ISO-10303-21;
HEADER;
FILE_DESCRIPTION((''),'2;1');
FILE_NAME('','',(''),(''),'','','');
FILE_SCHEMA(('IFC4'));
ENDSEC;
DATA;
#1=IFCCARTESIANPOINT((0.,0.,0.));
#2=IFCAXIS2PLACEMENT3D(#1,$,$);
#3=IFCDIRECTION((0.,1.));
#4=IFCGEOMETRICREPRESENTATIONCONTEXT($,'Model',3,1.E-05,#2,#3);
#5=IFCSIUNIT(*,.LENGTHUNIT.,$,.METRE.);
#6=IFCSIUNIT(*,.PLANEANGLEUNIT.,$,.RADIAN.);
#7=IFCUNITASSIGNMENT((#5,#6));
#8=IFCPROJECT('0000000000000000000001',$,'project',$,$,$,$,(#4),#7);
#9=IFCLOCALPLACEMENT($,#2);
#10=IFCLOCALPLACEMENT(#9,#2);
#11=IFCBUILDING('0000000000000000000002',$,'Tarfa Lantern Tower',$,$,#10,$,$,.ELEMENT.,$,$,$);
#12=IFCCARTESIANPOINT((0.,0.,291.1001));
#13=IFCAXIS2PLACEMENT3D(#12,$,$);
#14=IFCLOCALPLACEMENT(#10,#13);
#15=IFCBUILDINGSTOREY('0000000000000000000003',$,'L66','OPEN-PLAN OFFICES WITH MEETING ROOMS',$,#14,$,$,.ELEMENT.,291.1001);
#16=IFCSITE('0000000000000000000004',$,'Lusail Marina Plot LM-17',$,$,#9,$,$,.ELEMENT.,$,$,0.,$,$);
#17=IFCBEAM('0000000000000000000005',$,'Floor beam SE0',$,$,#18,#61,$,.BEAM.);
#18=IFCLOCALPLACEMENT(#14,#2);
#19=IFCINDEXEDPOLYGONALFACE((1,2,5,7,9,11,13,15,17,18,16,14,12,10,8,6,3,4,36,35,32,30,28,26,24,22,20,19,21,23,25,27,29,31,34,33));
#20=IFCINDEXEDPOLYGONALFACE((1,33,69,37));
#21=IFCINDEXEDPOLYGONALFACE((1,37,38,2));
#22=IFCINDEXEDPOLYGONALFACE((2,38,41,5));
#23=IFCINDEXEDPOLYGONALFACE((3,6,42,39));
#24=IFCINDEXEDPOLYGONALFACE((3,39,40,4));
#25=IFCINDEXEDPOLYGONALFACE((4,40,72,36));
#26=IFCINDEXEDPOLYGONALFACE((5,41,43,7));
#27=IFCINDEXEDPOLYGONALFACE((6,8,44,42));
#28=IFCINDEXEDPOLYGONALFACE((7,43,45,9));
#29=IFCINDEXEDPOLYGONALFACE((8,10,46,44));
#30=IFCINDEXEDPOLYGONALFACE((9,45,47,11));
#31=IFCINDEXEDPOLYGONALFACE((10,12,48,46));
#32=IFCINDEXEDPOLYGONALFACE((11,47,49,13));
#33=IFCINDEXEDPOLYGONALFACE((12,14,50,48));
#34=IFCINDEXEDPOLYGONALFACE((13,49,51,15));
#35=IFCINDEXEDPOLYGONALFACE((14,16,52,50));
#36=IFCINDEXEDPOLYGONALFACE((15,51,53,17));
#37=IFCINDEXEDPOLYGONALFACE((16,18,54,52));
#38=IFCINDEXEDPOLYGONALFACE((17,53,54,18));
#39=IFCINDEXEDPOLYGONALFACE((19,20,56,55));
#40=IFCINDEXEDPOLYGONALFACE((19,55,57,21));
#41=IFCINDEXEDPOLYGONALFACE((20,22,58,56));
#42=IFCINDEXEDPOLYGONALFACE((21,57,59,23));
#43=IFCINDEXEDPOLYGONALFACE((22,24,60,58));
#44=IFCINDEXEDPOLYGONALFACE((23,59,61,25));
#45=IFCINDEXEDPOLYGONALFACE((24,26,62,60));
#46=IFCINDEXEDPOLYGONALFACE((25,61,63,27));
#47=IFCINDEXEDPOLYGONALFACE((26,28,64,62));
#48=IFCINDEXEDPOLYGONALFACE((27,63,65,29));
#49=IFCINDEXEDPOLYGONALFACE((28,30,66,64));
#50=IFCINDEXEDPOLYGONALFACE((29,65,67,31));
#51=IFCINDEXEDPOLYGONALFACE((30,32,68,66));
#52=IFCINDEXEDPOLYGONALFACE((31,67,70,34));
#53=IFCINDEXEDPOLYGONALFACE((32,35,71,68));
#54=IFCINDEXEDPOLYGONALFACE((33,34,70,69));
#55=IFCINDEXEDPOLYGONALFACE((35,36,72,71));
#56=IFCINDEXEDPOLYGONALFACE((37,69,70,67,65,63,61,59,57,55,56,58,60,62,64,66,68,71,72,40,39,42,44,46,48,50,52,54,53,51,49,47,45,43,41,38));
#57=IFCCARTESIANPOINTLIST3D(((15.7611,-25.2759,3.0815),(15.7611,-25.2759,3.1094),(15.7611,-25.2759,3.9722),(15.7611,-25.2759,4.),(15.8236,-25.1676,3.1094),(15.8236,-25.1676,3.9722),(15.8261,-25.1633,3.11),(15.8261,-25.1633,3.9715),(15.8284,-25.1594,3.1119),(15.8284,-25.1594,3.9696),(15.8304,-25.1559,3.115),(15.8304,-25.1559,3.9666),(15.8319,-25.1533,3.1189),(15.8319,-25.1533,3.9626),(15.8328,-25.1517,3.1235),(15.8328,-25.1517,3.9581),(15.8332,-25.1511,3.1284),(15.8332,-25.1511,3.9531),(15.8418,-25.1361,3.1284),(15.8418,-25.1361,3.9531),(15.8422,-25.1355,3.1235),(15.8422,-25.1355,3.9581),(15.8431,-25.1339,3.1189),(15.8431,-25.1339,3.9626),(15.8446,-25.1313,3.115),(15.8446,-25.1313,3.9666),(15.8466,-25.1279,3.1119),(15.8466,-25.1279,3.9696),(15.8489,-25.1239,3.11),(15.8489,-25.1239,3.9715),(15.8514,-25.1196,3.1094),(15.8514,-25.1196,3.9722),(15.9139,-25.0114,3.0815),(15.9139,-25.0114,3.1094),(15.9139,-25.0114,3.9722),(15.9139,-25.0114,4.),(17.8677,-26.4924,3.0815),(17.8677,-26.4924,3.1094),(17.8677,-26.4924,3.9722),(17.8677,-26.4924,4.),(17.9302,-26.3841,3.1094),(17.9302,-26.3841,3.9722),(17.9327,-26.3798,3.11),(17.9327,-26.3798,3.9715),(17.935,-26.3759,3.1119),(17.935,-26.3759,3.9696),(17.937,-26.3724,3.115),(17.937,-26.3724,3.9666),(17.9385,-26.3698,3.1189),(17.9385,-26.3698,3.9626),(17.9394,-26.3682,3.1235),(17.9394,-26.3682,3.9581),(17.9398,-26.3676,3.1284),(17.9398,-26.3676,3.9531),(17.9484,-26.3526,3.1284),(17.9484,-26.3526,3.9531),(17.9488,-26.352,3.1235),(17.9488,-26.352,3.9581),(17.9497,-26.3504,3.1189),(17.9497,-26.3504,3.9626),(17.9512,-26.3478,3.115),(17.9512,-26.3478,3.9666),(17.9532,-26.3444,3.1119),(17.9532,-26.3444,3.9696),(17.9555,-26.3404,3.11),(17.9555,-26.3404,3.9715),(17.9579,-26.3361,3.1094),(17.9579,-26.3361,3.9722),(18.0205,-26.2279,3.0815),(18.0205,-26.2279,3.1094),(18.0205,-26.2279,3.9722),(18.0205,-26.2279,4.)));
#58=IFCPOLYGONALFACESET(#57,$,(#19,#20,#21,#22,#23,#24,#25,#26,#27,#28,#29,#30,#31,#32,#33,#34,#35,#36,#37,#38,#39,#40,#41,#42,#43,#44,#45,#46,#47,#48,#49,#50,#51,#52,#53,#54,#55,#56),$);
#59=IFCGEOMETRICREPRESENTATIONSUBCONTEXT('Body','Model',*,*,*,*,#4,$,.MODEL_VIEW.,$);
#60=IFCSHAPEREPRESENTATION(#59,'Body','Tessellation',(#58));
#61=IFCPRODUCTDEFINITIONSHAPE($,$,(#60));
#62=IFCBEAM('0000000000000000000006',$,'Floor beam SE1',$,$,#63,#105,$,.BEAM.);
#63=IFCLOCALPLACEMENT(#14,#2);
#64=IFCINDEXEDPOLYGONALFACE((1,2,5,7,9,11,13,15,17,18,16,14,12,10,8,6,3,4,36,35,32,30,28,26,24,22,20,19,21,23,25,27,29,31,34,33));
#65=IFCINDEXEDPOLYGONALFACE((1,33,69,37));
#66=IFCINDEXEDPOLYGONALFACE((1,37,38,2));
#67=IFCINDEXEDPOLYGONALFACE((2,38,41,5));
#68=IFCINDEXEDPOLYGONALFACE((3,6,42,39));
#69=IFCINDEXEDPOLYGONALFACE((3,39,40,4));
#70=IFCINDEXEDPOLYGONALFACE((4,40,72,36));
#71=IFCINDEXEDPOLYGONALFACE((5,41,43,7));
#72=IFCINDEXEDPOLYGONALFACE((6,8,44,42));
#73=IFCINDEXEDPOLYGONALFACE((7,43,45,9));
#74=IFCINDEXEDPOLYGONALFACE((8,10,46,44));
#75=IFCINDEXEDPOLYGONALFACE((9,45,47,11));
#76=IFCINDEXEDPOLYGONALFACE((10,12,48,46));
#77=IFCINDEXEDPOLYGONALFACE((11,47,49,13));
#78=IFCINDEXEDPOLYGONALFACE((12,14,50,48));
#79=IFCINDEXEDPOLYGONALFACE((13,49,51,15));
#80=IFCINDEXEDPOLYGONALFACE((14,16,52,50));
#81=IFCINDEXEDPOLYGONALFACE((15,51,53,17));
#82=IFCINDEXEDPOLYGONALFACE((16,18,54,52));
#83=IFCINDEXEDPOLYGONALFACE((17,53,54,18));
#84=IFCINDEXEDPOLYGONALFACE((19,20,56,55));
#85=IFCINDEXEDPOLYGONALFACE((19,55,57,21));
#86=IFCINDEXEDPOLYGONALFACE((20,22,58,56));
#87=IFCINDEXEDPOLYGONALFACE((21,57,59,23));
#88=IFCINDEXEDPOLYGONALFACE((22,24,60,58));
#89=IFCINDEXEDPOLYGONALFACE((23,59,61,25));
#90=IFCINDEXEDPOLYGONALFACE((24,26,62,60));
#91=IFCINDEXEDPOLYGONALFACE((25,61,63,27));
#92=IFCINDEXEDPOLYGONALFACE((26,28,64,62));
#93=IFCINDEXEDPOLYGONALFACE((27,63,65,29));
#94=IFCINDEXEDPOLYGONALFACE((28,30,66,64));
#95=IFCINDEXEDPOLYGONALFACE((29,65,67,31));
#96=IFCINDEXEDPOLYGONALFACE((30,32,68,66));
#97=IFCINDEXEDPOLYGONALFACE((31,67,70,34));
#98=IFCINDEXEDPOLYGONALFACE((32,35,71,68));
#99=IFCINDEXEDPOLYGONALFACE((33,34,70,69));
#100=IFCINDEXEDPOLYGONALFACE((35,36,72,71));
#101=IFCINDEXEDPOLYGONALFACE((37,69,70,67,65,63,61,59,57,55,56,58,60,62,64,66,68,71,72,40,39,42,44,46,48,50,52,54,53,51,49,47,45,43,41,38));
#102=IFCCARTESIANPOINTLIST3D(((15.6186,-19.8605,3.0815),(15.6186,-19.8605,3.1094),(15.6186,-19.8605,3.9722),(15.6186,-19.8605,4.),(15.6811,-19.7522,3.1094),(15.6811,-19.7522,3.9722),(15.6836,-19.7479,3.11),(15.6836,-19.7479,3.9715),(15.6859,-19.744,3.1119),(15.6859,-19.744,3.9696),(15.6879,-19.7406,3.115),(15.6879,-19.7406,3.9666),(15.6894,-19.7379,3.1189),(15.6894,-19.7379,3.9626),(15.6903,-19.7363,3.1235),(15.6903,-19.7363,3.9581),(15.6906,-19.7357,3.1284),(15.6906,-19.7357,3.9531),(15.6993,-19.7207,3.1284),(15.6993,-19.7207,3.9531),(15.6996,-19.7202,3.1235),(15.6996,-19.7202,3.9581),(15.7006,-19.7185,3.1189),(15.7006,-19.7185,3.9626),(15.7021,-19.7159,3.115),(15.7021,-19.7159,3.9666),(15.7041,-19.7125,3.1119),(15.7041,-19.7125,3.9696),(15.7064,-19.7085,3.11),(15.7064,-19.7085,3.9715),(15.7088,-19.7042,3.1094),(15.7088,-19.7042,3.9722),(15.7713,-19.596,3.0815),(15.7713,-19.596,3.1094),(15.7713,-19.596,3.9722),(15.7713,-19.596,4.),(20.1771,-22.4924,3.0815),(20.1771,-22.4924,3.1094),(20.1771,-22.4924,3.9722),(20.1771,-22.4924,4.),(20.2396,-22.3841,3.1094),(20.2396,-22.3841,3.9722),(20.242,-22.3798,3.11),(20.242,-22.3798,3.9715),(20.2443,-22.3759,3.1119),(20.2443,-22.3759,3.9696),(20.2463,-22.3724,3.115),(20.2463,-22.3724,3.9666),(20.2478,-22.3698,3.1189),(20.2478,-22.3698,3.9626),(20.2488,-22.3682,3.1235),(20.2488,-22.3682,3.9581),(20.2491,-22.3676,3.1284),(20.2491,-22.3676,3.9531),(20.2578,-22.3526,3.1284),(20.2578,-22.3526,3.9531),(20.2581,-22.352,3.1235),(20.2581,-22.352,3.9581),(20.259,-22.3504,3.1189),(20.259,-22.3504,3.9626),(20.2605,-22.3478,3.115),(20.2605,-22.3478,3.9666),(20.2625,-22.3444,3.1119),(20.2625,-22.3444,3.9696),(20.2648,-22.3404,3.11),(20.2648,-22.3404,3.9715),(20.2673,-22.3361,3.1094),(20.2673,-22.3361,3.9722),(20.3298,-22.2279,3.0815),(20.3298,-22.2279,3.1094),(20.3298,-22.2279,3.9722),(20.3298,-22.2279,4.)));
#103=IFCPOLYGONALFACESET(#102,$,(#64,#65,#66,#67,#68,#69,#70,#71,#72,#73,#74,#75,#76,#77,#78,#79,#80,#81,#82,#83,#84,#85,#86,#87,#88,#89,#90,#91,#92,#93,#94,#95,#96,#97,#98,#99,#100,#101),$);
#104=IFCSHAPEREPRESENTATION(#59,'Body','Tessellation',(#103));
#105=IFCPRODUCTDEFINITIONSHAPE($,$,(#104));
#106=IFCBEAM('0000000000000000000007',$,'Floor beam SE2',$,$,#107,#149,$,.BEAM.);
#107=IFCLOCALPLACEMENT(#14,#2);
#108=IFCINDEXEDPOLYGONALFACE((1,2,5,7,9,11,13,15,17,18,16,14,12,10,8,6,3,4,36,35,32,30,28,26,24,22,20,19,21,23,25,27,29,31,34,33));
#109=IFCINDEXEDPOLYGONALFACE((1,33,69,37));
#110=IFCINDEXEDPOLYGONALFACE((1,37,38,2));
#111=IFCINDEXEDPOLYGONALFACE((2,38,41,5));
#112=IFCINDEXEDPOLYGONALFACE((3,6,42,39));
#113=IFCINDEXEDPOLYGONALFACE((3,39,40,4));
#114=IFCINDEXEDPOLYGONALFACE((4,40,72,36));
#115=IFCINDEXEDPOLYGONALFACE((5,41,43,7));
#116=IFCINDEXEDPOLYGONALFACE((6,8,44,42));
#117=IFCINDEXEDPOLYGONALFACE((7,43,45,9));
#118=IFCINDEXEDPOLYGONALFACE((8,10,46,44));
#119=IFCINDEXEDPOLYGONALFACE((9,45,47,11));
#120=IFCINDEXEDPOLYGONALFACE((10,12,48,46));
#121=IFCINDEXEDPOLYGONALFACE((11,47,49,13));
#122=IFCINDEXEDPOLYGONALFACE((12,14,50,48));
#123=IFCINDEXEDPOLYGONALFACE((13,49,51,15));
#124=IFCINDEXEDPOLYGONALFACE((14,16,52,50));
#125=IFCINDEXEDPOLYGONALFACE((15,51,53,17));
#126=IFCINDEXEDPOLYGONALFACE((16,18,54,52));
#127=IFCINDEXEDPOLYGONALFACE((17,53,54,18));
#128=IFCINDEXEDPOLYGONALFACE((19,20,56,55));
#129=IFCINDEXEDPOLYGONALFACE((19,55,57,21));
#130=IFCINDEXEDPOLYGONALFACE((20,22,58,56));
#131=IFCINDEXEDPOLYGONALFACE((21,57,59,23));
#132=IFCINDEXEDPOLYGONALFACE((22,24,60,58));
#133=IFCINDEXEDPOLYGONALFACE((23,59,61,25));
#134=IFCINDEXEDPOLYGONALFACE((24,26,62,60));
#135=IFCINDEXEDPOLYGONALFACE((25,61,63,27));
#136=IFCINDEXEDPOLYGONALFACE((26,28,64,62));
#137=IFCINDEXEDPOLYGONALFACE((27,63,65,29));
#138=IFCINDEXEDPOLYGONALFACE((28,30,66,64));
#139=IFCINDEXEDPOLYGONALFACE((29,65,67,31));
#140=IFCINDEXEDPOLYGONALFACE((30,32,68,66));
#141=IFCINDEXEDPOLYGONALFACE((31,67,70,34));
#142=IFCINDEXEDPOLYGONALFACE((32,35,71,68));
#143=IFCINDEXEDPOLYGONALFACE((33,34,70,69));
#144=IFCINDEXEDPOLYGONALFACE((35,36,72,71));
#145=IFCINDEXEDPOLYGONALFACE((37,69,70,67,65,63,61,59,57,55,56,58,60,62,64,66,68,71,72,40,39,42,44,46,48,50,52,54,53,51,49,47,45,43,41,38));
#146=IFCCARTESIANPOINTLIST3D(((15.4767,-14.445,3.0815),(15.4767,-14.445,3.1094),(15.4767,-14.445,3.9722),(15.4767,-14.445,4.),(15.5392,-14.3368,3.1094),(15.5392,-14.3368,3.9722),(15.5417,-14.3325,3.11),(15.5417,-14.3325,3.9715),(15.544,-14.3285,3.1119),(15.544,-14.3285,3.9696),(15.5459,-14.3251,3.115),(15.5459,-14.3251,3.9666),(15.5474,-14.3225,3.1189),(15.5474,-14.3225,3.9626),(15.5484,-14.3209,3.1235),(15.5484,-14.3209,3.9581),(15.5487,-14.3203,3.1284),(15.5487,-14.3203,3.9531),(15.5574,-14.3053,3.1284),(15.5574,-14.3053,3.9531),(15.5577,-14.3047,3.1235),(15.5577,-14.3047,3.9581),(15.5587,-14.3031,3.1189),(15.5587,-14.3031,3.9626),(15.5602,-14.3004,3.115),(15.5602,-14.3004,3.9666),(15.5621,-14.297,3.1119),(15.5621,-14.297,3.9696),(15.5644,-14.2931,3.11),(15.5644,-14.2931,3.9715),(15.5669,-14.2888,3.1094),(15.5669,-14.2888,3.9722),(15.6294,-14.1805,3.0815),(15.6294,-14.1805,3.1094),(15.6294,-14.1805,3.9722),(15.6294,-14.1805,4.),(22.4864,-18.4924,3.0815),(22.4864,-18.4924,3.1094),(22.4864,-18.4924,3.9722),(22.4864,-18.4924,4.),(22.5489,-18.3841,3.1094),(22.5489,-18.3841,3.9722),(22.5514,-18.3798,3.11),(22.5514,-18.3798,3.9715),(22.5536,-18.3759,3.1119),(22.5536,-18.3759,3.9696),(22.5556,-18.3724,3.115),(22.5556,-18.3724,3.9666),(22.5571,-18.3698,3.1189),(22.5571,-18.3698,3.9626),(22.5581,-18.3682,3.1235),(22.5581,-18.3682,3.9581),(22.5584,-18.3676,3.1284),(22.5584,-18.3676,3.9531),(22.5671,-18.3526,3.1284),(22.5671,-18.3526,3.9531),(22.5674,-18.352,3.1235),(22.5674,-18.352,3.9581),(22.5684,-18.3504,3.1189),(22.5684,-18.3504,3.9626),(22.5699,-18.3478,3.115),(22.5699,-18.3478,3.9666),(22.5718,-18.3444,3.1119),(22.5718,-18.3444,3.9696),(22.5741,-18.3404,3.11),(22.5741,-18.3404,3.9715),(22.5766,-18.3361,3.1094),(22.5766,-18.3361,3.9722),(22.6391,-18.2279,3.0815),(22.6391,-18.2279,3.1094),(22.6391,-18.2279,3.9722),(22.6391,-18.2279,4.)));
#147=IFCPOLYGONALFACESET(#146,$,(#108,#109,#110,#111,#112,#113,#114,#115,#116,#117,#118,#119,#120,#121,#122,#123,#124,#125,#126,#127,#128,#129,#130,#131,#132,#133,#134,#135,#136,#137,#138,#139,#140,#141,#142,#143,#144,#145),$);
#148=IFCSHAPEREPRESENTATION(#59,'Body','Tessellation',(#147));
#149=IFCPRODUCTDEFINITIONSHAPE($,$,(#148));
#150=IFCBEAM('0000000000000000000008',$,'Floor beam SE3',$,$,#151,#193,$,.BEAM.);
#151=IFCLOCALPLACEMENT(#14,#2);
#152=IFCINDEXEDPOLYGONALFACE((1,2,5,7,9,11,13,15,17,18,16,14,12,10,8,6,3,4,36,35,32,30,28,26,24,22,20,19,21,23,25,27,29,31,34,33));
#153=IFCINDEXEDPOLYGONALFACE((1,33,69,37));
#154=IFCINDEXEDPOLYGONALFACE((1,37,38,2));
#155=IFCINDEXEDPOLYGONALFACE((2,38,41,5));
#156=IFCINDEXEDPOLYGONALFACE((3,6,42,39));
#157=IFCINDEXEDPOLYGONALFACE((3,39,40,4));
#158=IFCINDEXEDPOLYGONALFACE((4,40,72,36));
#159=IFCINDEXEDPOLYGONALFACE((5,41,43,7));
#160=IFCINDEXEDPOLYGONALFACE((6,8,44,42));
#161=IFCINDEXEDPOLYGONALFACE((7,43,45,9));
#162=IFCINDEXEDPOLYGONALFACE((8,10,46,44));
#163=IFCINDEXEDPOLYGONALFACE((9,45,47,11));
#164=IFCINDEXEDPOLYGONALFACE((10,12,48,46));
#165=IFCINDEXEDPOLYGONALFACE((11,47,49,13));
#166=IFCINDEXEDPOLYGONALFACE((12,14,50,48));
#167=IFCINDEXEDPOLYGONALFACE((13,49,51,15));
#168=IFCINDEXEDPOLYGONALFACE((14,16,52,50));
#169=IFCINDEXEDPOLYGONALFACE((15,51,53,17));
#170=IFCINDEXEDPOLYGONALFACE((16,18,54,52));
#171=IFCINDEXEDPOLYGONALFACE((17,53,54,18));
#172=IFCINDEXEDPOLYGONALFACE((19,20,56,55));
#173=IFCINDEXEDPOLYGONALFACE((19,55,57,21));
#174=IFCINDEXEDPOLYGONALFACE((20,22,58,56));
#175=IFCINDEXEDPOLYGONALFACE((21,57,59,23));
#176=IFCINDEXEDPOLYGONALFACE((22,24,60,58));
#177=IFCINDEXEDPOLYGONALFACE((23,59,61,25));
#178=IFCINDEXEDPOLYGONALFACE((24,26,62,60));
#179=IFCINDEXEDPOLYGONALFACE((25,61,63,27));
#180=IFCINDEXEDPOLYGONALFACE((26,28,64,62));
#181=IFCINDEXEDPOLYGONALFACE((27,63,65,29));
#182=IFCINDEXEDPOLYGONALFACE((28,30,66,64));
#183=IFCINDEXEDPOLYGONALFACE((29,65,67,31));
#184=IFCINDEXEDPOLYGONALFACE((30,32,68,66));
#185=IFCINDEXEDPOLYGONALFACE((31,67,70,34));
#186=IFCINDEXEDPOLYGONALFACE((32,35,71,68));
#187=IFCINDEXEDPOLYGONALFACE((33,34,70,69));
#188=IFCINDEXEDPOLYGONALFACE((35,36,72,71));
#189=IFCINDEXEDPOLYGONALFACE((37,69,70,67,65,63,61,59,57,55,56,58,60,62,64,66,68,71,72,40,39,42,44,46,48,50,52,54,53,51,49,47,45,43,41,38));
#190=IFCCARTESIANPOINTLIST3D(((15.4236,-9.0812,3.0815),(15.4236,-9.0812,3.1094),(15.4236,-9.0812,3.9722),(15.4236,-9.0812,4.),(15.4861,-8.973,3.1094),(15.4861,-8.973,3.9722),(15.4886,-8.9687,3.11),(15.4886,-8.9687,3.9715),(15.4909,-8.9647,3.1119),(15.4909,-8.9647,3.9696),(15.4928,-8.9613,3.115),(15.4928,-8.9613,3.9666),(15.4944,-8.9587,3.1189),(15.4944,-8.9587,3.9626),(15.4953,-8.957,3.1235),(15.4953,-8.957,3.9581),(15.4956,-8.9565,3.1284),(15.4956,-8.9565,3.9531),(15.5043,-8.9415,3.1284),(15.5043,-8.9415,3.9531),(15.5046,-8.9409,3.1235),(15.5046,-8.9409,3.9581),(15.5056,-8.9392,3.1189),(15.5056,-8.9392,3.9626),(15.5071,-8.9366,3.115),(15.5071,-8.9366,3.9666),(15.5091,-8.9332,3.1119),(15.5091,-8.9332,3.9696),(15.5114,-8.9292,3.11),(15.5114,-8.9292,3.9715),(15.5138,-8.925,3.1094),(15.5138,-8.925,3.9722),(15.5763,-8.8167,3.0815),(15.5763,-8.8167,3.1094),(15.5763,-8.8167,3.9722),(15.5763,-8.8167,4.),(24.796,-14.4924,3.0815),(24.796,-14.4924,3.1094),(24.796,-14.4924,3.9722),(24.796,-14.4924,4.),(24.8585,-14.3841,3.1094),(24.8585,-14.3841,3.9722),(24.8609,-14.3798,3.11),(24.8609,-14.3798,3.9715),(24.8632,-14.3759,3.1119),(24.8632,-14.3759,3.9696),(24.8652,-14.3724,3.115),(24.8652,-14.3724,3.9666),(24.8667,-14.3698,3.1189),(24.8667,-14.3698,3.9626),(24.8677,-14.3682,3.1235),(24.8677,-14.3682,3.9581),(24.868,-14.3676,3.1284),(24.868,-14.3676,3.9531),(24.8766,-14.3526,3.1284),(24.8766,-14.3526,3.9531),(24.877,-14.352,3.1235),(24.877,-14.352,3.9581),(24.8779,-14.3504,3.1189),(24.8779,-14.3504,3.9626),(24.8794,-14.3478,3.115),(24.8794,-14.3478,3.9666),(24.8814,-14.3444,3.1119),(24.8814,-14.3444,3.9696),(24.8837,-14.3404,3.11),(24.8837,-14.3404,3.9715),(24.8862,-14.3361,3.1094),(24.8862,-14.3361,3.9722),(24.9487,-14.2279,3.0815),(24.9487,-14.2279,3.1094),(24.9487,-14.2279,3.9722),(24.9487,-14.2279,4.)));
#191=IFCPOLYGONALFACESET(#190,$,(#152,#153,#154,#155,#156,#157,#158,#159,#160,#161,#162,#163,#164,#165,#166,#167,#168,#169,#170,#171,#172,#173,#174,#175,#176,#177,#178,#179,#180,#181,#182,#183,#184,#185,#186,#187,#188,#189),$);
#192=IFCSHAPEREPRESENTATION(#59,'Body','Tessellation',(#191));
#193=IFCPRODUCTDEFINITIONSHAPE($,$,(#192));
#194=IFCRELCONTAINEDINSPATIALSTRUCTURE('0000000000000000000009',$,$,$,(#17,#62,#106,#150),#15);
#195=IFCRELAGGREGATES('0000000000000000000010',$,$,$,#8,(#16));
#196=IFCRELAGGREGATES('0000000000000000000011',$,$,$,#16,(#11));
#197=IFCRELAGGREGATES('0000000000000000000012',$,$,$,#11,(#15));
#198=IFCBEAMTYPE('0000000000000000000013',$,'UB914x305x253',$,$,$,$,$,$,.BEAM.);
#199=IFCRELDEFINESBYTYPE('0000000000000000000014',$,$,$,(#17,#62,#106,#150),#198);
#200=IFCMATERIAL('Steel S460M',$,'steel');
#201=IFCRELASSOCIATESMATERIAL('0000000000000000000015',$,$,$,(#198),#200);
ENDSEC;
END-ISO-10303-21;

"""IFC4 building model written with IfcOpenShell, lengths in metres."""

from ifc_helpers import new_model, si_unit, direction, frame, origin, origin_2d, place, context, subcontext, project, spatial, i_section, extrude, material, material_profile, profile_set, type_object, element, save


model = new_model("IFC4")

# Units and contexts
model_context = context("Model", 3, precision=1e-05, world=origin(), true_north=direction((0.0, 1.0)))
body_context = subcontext(model_context, "Body", "Model", "MODEL_VIEW")
ifc_project = project(units=[si_unit("LENGTHUNIT", "METRE"), si_unit("PLANEANGLEUNIT", "RADIAN")], contexts=[model_context])

# Site, building, storey
site_placement = place(None, origin())
site = spatial("IfcSite", under=ifc_project, at=site_placement, Name="Lusail Marina Plot LM-17", CompositionType="ELEMENT", RefElevation=0.0)
building_placement = place(site_placement, origin())
building = spatial("IfcBuilding", under=site, at=building_placement, Name="Tarfa Lantern Tower", CompositionType="ELEMENT")
storey_placement = place(building_placement, frame((0.0, 0.0, 291.1001)))
storey = spatial("IfcBuildingStorey", under=building, at=storey_placement, Name="L66", Description="OPEN-PLAN OFFICES WITH MEETING ROOMS", CompositionType="ELEMENT", Elevation=291.1001)

# Beams
ifc_material_1 = material(Name="Steel S460M", Category="steel")
ifc_material_profile_1 = material_profile(ifc_material_1, i_section(OverallWidth=0.3054, OverallDepth=0.9185, WebThickness=0.0173, FlangeThickness=0.0278, FilletRadius=0.019, at=origin_2d()), Name="UB914x305x253")
ifc_profile_set_1 = profile_set([ifc_material_profile_1], Name="Steel S460M")
beam_type_1 = type_object("IfcBeamType", Name="UB914x305x253", PredefinedType="BEAM", material=ifc_profile_set_1)
beam_1_placement = place(storey_placement, frame((17.9441, -26.3601, 3.5408), z_axis=(-0.86598, 0.500079, 0.0), x_axis=(-0.500079, -0.86598, 0.0)))
element("IfcBeam", 1, at=beam_1_placement, inside=storey, type_object=beam_type_1, Name="Floor beam SE0", PredefinedType="BEAM", context=body_context, shape_type="SweptSolid", body=[
    extrude(i_section(OverallWidth=0.3054, OverallDepth=0.9185, WebThickness=0.0173, FlangeThickness=0.0278, FilletRadius=0.019, at=origin_2d()), origin(), (0.0, 0.0, 1.0), 2.4326),
])
beam_2_placement = place(storey_placement, frame((20.2534, -22.3601, 3.5408), z_axis=(-0.86602, 0.50001, 0.0), x_axis=(-0.50001, -0.86602, 0.0)))
element("IfcBeam", 2, at=beam_2_placement, inside=storey, type_object=beam_type_1, Name="Floor beam SE1", PredefinedType="BEAM", context=body_context, shape_type="SweptSolid", body=[
    extrude(i_section(OverallWidth=0.3054, OverallDepth=0.9185, WebThickness=0.0173, FlangeThickness=0.0278, FilletRadius=0.019, at=origin_2d()), origin(), (0.0, 0.0, 1.0), 5.2637),
])
beam_3_placement = place(storey_placement, frame((22.5627, -18.3601, 3.5408), z_axis=(-0.866011, 0.500025, 0.0), x_axis=(-0.500025, -0.866011, 0.0)))
element("IfcBeam", 3, at=beam_3_placement, inside=storey, type_object=beam_type_1, Name="Floor beam SE2", PredefinedType="BEAM", context=body_context, shape_type="SweptSolid", body=[
    extrude(i_section(OverallWidth=0.3054, OverallDepth=0.9185, WebThickness=0.0173, FlangeThickness=0.0278, FilletRadius=0.019, at=origin_2d()), origin(), (0.0, 0.0, 1.0), 8.0942),
])
beam_4_placement = place(storey_placement, frame((24.8723, -14.3601, 3.5408), z_axis=(-0.866024, 0.500002, 0.0), x_axis=(-0.500002, -0.866024, 0.0)))
element("IfcBeam", 4, at=beam_4_placement, inside=storey, type_object=beam_type_1, Name="Floor beam SE3", PredefinedType="BEAM", context=body_context, shape_type="SweptSolid", body=[
    extrude(i_section(OverallWidth=0.3054, OverallDepth=0.9185, WebThickness=0.0173, FlangeThickness=0.0278, FilletRadius=0.019, at=origin_2d()), origin(), (0.0, 0.0, 1.0), 10.8223),
])

save(model, "model.ifc")
